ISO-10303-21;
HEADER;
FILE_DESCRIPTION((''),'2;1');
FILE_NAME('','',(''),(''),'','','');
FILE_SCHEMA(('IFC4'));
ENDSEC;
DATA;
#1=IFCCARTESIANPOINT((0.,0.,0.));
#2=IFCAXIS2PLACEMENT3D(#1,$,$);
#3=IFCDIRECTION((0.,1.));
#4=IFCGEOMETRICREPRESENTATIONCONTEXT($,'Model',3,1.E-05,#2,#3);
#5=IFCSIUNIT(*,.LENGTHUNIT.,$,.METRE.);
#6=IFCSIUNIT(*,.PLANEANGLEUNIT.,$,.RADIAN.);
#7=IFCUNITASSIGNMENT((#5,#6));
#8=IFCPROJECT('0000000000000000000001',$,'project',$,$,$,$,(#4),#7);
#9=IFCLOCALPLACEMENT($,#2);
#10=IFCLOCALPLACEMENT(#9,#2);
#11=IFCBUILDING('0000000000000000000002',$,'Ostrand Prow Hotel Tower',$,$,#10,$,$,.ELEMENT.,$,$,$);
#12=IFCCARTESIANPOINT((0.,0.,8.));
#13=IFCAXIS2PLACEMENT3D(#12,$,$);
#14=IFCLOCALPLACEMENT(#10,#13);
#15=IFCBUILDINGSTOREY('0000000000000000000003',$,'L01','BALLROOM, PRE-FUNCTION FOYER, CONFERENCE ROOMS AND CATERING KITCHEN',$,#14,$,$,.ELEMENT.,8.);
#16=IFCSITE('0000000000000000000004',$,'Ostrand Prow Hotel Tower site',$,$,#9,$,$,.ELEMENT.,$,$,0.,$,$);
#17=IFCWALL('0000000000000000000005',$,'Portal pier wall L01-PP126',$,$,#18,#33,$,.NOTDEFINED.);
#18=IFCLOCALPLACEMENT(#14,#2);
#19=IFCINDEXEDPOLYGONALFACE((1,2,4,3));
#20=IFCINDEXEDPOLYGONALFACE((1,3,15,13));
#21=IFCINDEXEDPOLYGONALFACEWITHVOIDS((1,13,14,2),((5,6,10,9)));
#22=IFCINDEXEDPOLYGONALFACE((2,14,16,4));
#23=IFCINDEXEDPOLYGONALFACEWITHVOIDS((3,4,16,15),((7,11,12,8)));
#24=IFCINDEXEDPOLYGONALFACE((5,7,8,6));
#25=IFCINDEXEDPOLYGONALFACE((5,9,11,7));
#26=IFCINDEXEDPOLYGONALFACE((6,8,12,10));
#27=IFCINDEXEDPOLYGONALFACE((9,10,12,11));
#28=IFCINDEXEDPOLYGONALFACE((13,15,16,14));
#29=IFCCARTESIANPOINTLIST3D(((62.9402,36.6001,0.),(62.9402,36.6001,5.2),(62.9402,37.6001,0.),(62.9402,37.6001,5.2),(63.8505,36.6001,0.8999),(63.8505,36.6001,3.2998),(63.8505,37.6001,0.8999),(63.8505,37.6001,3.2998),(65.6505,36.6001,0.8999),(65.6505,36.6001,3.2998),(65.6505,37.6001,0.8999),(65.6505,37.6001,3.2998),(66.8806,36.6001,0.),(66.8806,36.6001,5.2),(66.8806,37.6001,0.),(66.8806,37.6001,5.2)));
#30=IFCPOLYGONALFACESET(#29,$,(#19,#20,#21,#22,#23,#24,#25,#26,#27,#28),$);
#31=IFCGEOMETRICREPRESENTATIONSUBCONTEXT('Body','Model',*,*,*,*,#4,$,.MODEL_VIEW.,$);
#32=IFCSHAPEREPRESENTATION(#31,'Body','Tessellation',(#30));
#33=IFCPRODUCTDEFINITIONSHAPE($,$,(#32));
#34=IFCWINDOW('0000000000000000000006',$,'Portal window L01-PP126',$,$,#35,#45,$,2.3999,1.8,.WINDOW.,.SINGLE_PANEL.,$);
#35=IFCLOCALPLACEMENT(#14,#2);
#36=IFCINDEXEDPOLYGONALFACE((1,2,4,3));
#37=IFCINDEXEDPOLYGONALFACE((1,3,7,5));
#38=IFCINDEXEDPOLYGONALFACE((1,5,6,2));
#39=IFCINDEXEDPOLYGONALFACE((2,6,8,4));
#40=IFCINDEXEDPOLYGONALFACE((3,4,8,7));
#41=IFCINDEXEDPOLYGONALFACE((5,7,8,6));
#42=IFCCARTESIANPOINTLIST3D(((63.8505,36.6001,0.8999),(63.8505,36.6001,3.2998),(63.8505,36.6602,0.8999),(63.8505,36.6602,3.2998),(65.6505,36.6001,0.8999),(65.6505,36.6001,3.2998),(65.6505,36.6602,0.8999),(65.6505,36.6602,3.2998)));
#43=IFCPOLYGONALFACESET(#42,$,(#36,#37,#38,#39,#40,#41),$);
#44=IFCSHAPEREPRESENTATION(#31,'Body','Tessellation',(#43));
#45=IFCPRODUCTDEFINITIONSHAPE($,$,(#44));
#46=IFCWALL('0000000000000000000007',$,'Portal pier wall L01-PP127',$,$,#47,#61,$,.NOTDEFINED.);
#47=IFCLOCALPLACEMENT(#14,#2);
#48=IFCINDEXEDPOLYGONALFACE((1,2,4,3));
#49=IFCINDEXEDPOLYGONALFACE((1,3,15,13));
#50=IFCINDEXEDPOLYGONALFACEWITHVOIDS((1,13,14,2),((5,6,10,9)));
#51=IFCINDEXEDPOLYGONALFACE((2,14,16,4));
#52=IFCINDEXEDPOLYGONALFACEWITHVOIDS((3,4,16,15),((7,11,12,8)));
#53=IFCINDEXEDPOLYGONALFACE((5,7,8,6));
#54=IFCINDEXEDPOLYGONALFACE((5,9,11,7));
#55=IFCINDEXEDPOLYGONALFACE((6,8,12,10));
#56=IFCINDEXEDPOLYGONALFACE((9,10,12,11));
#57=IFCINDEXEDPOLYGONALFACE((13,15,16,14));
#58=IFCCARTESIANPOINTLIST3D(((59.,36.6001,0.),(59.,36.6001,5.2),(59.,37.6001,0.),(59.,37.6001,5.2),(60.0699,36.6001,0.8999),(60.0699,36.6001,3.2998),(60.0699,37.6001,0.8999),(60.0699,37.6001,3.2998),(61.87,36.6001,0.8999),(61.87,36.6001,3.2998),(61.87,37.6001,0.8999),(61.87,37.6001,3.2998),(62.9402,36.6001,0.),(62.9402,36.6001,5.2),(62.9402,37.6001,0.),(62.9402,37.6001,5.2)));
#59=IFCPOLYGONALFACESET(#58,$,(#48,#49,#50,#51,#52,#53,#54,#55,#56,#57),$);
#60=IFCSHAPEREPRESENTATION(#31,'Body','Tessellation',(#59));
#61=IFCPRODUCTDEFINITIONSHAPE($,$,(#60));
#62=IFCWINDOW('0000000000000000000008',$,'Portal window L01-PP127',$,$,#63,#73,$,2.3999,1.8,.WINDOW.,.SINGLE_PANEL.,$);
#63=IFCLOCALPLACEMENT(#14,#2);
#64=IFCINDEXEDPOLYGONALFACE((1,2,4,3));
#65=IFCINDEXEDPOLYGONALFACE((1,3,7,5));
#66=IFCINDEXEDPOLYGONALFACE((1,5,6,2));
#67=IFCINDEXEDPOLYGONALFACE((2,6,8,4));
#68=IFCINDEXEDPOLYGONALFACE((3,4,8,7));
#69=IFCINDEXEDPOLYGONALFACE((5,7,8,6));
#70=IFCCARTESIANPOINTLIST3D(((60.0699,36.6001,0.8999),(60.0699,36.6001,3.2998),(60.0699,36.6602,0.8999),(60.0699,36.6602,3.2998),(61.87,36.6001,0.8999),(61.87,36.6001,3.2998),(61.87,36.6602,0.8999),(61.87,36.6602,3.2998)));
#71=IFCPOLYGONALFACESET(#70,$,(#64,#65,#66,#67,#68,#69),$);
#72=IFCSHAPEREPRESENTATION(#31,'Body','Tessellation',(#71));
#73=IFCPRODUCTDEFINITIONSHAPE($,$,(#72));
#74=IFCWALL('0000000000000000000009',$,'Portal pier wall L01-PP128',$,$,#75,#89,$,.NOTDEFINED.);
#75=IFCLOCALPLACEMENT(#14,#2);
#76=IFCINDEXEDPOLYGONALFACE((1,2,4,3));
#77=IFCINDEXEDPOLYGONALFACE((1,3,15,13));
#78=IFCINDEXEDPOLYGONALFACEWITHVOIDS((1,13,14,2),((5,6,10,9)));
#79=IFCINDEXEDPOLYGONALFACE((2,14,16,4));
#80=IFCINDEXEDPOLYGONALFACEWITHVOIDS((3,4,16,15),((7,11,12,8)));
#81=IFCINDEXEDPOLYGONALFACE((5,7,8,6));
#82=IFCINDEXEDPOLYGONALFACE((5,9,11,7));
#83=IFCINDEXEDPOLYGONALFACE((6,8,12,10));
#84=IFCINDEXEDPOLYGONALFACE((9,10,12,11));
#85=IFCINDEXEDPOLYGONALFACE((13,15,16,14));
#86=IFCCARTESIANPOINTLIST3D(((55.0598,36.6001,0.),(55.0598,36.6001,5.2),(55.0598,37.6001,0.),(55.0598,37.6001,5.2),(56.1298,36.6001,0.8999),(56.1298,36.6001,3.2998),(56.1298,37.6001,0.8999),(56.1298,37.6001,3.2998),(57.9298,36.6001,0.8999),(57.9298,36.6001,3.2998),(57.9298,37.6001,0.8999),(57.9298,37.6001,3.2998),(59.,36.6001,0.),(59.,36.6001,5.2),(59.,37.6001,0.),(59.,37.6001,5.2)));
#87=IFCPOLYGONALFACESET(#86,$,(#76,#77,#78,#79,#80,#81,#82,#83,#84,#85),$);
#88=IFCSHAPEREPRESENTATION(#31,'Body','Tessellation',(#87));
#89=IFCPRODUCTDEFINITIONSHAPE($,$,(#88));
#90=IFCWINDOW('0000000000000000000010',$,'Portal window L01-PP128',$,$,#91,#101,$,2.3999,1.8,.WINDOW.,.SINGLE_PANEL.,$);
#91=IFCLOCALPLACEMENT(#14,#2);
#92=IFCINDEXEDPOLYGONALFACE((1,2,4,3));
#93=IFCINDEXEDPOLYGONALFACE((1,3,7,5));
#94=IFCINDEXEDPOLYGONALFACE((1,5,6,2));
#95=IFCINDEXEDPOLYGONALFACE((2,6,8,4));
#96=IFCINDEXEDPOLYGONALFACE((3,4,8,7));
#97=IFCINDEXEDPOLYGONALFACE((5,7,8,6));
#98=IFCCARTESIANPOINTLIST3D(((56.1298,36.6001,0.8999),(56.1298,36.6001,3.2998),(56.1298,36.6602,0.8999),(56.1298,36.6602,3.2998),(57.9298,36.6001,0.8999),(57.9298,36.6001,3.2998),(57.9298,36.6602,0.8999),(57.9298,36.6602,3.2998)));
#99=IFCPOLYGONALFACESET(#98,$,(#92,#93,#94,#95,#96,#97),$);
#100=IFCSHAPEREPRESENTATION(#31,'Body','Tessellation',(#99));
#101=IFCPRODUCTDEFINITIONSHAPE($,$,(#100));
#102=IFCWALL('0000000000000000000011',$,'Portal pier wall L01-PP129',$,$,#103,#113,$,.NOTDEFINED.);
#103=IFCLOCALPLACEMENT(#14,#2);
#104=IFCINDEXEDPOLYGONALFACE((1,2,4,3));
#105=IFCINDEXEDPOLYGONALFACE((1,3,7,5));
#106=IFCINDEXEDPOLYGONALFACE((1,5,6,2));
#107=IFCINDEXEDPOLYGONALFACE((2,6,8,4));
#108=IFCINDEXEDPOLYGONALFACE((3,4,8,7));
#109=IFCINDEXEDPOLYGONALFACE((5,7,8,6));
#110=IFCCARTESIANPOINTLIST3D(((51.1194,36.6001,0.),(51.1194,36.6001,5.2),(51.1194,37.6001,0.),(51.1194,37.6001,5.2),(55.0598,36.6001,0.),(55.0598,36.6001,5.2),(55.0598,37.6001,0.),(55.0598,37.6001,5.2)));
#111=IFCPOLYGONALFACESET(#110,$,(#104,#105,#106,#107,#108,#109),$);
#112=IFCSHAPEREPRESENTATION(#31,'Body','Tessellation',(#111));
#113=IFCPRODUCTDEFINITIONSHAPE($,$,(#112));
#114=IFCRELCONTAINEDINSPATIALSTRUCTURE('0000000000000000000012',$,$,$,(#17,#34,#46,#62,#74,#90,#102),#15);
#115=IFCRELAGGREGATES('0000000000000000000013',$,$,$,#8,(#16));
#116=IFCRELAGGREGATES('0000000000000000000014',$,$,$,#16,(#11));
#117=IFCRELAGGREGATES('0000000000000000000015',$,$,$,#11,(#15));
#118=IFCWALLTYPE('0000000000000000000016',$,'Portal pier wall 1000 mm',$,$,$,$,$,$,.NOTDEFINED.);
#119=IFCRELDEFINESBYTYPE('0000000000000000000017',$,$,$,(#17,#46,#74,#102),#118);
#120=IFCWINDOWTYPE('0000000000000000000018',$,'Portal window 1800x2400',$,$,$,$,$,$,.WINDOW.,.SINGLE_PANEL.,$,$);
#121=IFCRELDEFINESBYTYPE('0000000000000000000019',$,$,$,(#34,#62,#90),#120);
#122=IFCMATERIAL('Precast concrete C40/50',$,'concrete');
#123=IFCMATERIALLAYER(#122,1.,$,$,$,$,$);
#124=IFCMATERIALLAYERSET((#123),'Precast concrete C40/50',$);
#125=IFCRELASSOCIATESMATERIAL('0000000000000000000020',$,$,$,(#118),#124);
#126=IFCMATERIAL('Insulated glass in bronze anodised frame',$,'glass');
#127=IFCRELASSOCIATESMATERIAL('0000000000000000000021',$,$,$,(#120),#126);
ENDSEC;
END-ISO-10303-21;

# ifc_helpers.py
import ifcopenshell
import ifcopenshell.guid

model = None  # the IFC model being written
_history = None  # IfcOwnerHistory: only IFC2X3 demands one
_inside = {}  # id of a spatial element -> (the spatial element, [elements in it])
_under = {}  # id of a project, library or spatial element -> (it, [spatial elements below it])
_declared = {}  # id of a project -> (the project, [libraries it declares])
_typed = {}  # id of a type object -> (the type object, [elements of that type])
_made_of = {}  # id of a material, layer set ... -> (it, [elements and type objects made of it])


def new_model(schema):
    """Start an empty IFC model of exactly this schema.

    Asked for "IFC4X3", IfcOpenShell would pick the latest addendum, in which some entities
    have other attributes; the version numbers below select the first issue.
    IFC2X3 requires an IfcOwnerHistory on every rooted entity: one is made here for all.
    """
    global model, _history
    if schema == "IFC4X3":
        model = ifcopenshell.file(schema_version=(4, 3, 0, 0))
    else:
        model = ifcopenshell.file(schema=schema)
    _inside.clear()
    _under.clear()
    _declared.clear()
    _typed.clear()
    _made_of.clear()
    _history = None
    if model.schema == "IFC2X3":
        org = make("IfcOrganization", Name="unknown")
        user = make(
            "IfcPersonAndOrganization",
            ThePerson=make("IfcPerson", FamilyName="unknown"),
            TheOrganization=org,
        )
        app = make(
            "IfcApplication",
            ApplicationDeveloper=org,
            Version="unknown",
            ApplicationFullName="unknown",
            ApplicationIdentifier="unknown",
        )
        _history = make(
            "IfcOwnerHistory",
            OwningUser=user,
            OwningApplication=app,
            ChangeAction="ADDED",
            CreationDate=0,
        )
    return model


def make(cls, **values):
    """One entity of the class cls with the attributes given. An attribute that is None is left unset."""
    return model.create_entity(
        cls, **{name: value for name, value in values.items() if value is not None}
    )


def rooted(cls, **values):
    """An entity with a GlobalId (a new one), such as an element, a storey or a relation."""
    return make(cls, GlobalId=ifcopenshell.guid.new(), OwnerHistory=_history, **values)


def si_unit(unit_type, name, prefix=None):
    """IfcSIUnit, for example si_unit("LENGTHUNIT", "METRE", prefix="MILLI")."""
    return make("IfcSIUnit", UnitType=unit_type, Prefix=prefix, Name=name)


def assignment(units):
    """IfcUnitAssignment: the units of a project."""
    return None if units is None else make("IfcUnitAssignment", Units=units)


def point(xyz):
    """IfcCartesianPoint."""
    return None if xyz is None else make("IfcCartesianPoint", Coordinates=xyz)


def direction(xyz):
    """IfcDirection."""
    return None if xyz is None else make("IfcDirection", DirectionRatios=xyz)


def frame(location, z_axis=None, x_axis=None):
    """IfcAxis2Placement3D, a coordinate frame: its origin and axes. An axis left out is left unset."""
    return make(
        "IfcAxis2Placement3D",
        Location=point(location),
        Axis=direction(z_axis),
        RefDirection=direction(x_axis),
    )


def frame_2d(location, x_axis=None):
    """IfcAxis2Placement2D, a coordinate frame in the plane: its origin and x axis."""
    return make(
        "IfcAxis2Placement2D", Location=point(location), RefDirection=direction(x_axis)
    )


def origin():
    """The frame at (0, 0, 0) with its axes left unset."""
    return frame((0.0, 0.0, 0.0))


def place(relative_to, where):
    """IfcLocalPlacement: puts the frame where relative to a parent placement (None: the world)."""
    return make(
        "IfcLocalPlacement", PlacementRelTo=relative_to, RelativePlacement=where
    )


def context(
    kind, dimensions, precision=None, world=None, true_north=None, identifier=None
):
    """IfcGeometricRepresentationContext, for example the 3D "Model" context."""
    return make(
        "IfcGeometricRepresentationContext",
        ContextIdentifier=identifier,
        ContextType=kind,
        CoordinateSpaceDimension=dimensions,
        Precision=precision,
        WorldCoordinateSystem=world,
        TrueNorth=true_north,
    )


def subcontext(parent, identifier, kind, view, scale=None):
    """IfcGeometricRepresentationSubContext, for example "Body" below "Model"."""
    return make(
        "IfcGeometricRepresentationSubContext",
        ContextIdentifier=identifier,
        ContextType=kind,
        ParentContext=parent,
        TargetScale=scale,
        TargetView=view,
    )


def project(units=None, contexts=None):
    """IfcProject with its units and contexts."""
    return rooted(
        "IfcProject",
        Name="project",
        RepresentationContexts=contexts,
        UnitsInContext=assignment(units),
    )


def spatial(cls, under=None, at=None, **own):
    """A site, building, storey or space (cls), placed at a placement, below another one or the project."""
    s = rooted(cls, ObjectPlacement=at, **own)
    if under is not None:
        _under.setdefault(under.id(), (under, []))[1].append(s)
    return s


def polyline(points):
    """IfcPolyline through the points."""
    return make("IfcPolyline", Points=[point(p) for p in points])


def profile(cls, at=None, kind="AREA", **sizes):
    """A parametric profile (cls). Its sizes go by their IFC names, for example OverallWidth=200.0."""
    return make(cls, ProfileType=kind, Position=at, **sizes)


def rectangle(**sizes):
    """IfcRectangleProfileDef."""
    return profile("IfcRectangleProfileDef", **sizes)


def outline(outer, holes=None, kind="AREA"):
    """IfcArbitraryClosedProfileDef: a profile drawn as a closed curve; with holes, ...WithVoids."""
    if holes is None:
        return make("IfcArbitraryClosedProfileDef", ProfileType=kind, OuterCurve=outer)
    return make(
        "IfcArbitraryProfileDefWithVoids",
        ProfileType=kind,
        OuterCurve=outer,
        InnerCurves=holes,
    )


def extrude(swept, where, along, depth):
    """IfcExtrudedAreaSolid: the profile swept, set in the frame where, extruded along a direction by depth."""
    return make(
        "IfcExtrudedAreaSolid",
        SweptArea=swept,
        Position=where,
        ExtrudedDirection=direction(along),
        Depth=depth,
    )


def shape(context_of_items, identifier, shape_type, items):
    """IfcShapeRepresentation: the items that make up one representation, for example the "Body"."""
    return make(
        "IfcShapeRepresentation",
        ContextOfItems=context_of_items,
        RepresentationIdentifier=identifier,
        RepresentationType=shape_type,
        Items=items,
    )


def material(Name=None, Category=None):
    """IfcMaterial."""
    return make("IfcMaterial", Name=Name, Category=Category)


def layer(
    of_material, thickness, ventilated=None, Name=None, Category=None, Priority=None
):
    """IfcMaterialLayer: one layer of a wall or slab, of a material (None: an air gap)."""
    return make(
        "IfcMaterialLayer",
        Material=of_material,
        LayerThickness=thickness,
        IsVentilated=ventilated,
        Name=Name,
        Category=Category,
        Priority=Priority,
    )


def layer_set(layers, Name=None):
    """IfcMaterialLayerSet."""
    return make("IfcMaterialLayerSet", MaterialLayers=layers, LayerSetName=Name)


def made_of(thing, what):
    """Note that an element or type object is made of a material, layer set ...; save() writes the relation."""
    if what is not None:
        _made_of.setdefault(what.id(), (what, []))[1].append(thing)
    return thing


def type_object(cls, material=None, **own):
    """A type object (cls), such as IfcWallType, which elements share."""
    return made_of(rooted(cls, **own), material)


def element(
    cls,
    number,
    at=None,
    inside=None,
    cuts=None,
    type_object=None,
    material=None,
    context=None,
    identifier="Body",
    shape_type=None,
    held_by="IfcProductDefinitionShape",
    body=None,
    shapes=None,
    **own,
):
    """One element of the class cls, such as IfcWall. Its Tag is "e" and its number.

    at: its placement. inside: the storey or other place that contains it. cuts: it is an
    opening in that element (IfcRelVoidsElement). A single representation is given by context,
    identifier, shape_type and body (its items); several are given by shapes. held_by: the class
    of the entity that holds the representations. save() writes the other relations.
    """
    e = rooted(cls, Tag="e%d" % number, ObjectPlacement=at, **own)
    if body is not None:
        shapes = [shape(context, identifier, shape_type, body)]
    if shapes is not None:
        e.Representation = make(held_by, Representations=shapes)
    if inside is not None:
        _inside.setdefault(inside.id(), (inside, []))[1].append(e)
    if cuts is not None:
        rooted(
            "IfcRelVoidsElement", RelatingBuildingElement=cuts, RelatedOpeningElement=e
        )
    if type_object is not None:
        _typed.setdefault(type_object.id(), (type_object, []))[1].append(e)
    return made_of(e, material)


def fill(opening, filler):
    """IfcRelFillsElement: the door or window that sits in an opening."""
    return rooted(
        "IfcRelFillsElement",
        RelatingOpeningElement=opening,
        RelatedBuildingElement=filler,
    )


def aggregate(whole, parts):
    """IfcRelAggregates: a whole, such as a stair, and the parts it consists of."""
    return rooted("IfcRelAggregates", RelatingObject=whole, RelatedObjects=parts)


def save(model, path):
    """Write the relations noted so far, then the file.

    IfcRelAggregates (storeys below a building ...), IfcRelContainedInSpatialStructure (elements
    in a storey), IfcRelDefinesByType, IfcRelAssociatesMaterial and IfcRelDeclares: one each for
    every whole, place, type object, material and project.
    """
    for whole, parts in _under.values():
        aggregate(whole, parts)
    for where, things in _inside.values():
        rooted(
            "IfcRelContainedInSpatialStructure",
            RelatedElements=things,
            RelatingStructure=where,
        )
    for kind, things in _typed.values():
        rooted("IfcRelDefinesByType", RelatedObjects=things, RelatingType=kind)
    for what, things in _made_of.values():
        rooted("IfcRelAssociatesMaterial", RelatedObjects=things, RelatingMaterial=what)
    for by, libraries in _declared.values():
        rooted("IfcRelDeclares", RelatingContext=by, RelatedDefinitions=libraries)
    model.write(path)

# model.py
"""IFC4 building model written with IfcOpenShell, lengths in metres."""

from ifc_helpers import new_model, si_unit, direction, frame, frame_2d, origin, place, context, subcontext, project, spatial, polyline, rectangle, outline, extrude, material, layer, layer_set, type_object, element, fill, save


model = new_model("IFC4")

# Units and contexts
model_context = context("Model", 3, precision=1e-05, world=origin(), true_north=direction((0.0, 1.0)))
body_context = subcontext(model_context, "Body", "Model", "MODEL_VIEW")
ifc_project = project(units=[si_unit("LENGTHUNIT", "METRE"), si_unit("PLANEANGLEUNIT", "RADIAN")], contexts=[model_context])

# Site, building, storey
site_placement = place(None, origin())
site = spatial("IfcSite", under=ifc_project, at=site_placement, Name="Ostrand Prow Hotel Tower site", CompositionType="ELEMENT", RefElevation=0.0)
building_placement = place(site_placement, origin())
building = spatial("IfcBuilding", under=site, at=building_placement, Name="Ostrand Prow Hotel Tower", CompositionType="ELEMENT")
storey_placement = place(building_placement, frame((0.0, 0.0, 8.0)))
storey = spatial("IfcBuildingStorey", under=building, at=storey_placement, Name="L01", Description="BALLROOM, PRE-FUNCTION FOYER, CONFERENCE ROOMS AND CATERING KITCHEN", CompositionType="ELEMENT", Elevation=8.0)

# Shared definitions
ifc_material_1 = material(Name="Precast concrete C40/50", Category="concrete")
ifc_layer_1 = layer(ifc_material_1, 1.0)
ifc_layer_set_1 = layer_set([ifc_layer_1], Name="Precast concrete C40/50")
wall_type_1 = type_object("IfcWallType", Name="Portal pier wall 1000 mm", PredefinedType="NOTDEFINED", material=ifc_layer_set_1)
ifc_material_2 = material(Name="Insulated glass in bronze anodised frame", Category="glass")
window_type = type_object("IfcWindowType", Name="Portal window 1800x2400", PartitioningType="SINGLE_PANEL", PredefinedType="WINDOW", material=ifc_material_2)

# Walls, openings, windows
wall_1_placement = place(storey_placement, frame((66.8806, 37.1001, 0.0), z_axis=(0.0, 0.0, 1.0), x_axis=(-1.0, 0.0, 0.0)))
wall_1 = element("IfcWall", 1, at=wall_1_placement, inside=storey, type_object=wall_type_1, Name="Portal pier wall L01-PP126", PredefinedType="NOTDEFINED", context=body_context, shape_type="SweptSolid", body=[
    extrude(outline(polyline([(0.0, -0.5), (3.9404, -0.5), (3.9404, 0.5), (0.0, 0.5), (0.0, -0.5)])), origin(), (0.0, 0.0, 1.0), 5.2),
])
opening_1_placement = place(wall_1_placement, frame((1.2302, 0.0, 0.8999)))
opening_1 = element("IfcOpeningElement", 2, at=opening_1_placement, cuts=wall_1, PredefinedType="OPENING", context=body_context, shape_type="SweptSolid", body=[
    extrude(rectangle(XDim=1.8, YDim=2.3999, at=frame_2d((0.8999, 1.2))), frame((0.0, 0.51, 0.0), z_axis=(0.0, -1.0, 0.0), x_axis=(1.0, 0.0, 0.0)), (0.0, 0.0, 1.0), 1.02),
])
window_1_placement = place(opening_1_placement, origin())
window_1 = element("IfcWindow", 3, at=window_1_placement, inside=storey, type_object=window_type, Name="Portal window L01-PP126", OverallHeight=2.3999, OverallWidth=1.8, PartitioningType="SINGLE_PANEL", PredefinedType="WINDOW", context=body_context, shape_type="SweptSolid", body=[
    extrude(rectangle(XDim=1.8, YDim=2.3999, at=frame_2d((0.8999, 1.2))), frame((0.0, 0.5, 0.0), z_axis=(0.0, -1.0, 0.0), x_axis=(1.0, 0.0, 0.0)), (0.0, 0.0, 1.0), 0.0601),
])
fill(opening_1, window_1)
wall_2_placement = place(storey_placement, frame((62.9402, 37.1001, 0.0), z_axis=(0.0, 0.0, 1.0), x_axis=(-1.0, 0.0, 0.0)))
wall_2 = element("IfcWall", 4, at=wall_2_placement, inside=storey, type_object=wall_type_1, Name="Portal pier wall L01-PP127", PredefinedType="NOTDEFINED", context=body_context, shape_type="SweptSolid", body=[
    extrude(outline(polyline([(0.0, -0.5), (3.9402, -0.5), (3.9402, 0.5), (0.0, 0.5), (0.0, -0.5)])), origin(), (0.0, 0.0, 1.0), 5.2),
])
opening_2_placement = place(wall_2_placement, frame((1.0703, 0.0, 0.8999)))
opening_2 = element("IfcOpeningElement", 5, at=opening_2_placement, cuts=wall_2, PredefinedType="OPENING", context=body_context, shape_type="SweptSolid", body=[
    extrude(rectangle(XDim=1.8, YDim=2.3999, at=frame_2d((0.8999, 1.2))), frame((0.0, 0.51, 0.0), z_axis=(0.0, -1.0, 0.0), x_axis=(1.0, 0.0, 0.0)), (0.0, 0.0, 1.0), 1.02),
])
window_2_placement = place(opening_2_placement, origin())
window_2 = element("IfcWindow", 6, at=window_2_placement, inside=storey, type_object=window_type, Name="Portal window L01-PP127", OverallHeight=2.3999, OverallWidth=1.8, PartitioningType="SINGLE_PANEL", PredefinedType="WINDOW", context=body_context, shape_type="SweptSolid", body=[
    extrude(rectangle(XDim=1.8, YDim=2.3999, at=frame_2d((0.8999, 1.2))), frame((0.0, 0.5, 0.0), z_axis=(0.0, -1.0, 0.0), x_axis=(1.0, 0.0, 0.0)), (0.0, 0.0, 1.0), 0.0601),
])
fill(opening_2, window_2)
wall_3_placement = place(storey_placement, frame((59.0, 37.1001, 0.0), z_axis=(0.0, 0.0, 1.0), x_axis=(-1.0, 0.0, 0.0)))
wall_3 = element("IfcWall", 7, at=wall_3_placement, inside=storey, type_object=wall_type_1, Name="Portal pier wall L01-PP128", PredefinedType="NOTDEFINED", context=body_context, shape_type="SweptSolid", body=[
    extrude(outline(polyline([(0.0, -0.5), (3.9402, -0.5), (3.9402, 0.5), (0.0, 0.5), (0.0, -0.5)])), origin(), (0.0, 0.0, 1.0), 5.2),
])
opening_3_placement = place(wall_3_placement, frame((1.0703, 0.0, 0.8999)))
opening_3 = element("IfcOpeningElement", 8, at=opening_3_placement, cuts=wall_3, PredefinedType="OPENING", context=body_context, shape_type="SweptSolid", body=[
    extrude(rectangle(XDim=1.8, YDim=2.3999, at=frame_2d((0.8999, 1.2))), frame((0.0, 0.51, 0.0), z_axis=(0.0, -1.0, 0.0), x_axis=(1.0, 0.0, 0.0)), (0.0, 0.0, 1.0), 1.02),
])
window_3_placement = place(opening_3_placement, origin())
window_3 = element("IfcWindow", 9, at=window_3_placement, inside=storey, type_object=window_type, Name="Portal window L01-PP128", OverallHeight=2.3999, OverallWidth=1.8, PartitioningType="SINGLE_PANEL", PredefinedType="WINDOW", context=body_context, shape_type="SweptSolid", body=[
    extrude(rectangle(XDim=1.8, YDim=2.3999, at=frame_2d((0.8999, 1.2))), frame((0.0, 0.5, 0.0), z_axis=(0.0, -1.0, 0.0), x_axis=(1.0, 0.0, 0.0)), (0.0, 0.0, 1.0), 0.0601),
])
fill(opening_3, window_3)

# Wall
wall_4_placement = place(storey_placement, frame((55.0598, 37.1001, 0.0), z_axis=(0.0, 0.0, 1.0), x_axis=(-1.0, 0.0, 0.0)))
element("IfcWall", 10, at=wall_4_placement, inside=storey, type_object=wall_type_1, Name="Portal pier wall L01-PP129", PredefinedType="NOTDEFINED", context=body_context, shape_type="SweptSolid", body=[
    extrude(outline(polyline([(0.0, -0.5), (3.9404, -0.5), (3.9404, 0.5), (0.0, 0.5), (0.0, -0.5)])), origin(), (0.0, 0.0, 1.0), 5.2),
])

save(model, "model.ifc")
